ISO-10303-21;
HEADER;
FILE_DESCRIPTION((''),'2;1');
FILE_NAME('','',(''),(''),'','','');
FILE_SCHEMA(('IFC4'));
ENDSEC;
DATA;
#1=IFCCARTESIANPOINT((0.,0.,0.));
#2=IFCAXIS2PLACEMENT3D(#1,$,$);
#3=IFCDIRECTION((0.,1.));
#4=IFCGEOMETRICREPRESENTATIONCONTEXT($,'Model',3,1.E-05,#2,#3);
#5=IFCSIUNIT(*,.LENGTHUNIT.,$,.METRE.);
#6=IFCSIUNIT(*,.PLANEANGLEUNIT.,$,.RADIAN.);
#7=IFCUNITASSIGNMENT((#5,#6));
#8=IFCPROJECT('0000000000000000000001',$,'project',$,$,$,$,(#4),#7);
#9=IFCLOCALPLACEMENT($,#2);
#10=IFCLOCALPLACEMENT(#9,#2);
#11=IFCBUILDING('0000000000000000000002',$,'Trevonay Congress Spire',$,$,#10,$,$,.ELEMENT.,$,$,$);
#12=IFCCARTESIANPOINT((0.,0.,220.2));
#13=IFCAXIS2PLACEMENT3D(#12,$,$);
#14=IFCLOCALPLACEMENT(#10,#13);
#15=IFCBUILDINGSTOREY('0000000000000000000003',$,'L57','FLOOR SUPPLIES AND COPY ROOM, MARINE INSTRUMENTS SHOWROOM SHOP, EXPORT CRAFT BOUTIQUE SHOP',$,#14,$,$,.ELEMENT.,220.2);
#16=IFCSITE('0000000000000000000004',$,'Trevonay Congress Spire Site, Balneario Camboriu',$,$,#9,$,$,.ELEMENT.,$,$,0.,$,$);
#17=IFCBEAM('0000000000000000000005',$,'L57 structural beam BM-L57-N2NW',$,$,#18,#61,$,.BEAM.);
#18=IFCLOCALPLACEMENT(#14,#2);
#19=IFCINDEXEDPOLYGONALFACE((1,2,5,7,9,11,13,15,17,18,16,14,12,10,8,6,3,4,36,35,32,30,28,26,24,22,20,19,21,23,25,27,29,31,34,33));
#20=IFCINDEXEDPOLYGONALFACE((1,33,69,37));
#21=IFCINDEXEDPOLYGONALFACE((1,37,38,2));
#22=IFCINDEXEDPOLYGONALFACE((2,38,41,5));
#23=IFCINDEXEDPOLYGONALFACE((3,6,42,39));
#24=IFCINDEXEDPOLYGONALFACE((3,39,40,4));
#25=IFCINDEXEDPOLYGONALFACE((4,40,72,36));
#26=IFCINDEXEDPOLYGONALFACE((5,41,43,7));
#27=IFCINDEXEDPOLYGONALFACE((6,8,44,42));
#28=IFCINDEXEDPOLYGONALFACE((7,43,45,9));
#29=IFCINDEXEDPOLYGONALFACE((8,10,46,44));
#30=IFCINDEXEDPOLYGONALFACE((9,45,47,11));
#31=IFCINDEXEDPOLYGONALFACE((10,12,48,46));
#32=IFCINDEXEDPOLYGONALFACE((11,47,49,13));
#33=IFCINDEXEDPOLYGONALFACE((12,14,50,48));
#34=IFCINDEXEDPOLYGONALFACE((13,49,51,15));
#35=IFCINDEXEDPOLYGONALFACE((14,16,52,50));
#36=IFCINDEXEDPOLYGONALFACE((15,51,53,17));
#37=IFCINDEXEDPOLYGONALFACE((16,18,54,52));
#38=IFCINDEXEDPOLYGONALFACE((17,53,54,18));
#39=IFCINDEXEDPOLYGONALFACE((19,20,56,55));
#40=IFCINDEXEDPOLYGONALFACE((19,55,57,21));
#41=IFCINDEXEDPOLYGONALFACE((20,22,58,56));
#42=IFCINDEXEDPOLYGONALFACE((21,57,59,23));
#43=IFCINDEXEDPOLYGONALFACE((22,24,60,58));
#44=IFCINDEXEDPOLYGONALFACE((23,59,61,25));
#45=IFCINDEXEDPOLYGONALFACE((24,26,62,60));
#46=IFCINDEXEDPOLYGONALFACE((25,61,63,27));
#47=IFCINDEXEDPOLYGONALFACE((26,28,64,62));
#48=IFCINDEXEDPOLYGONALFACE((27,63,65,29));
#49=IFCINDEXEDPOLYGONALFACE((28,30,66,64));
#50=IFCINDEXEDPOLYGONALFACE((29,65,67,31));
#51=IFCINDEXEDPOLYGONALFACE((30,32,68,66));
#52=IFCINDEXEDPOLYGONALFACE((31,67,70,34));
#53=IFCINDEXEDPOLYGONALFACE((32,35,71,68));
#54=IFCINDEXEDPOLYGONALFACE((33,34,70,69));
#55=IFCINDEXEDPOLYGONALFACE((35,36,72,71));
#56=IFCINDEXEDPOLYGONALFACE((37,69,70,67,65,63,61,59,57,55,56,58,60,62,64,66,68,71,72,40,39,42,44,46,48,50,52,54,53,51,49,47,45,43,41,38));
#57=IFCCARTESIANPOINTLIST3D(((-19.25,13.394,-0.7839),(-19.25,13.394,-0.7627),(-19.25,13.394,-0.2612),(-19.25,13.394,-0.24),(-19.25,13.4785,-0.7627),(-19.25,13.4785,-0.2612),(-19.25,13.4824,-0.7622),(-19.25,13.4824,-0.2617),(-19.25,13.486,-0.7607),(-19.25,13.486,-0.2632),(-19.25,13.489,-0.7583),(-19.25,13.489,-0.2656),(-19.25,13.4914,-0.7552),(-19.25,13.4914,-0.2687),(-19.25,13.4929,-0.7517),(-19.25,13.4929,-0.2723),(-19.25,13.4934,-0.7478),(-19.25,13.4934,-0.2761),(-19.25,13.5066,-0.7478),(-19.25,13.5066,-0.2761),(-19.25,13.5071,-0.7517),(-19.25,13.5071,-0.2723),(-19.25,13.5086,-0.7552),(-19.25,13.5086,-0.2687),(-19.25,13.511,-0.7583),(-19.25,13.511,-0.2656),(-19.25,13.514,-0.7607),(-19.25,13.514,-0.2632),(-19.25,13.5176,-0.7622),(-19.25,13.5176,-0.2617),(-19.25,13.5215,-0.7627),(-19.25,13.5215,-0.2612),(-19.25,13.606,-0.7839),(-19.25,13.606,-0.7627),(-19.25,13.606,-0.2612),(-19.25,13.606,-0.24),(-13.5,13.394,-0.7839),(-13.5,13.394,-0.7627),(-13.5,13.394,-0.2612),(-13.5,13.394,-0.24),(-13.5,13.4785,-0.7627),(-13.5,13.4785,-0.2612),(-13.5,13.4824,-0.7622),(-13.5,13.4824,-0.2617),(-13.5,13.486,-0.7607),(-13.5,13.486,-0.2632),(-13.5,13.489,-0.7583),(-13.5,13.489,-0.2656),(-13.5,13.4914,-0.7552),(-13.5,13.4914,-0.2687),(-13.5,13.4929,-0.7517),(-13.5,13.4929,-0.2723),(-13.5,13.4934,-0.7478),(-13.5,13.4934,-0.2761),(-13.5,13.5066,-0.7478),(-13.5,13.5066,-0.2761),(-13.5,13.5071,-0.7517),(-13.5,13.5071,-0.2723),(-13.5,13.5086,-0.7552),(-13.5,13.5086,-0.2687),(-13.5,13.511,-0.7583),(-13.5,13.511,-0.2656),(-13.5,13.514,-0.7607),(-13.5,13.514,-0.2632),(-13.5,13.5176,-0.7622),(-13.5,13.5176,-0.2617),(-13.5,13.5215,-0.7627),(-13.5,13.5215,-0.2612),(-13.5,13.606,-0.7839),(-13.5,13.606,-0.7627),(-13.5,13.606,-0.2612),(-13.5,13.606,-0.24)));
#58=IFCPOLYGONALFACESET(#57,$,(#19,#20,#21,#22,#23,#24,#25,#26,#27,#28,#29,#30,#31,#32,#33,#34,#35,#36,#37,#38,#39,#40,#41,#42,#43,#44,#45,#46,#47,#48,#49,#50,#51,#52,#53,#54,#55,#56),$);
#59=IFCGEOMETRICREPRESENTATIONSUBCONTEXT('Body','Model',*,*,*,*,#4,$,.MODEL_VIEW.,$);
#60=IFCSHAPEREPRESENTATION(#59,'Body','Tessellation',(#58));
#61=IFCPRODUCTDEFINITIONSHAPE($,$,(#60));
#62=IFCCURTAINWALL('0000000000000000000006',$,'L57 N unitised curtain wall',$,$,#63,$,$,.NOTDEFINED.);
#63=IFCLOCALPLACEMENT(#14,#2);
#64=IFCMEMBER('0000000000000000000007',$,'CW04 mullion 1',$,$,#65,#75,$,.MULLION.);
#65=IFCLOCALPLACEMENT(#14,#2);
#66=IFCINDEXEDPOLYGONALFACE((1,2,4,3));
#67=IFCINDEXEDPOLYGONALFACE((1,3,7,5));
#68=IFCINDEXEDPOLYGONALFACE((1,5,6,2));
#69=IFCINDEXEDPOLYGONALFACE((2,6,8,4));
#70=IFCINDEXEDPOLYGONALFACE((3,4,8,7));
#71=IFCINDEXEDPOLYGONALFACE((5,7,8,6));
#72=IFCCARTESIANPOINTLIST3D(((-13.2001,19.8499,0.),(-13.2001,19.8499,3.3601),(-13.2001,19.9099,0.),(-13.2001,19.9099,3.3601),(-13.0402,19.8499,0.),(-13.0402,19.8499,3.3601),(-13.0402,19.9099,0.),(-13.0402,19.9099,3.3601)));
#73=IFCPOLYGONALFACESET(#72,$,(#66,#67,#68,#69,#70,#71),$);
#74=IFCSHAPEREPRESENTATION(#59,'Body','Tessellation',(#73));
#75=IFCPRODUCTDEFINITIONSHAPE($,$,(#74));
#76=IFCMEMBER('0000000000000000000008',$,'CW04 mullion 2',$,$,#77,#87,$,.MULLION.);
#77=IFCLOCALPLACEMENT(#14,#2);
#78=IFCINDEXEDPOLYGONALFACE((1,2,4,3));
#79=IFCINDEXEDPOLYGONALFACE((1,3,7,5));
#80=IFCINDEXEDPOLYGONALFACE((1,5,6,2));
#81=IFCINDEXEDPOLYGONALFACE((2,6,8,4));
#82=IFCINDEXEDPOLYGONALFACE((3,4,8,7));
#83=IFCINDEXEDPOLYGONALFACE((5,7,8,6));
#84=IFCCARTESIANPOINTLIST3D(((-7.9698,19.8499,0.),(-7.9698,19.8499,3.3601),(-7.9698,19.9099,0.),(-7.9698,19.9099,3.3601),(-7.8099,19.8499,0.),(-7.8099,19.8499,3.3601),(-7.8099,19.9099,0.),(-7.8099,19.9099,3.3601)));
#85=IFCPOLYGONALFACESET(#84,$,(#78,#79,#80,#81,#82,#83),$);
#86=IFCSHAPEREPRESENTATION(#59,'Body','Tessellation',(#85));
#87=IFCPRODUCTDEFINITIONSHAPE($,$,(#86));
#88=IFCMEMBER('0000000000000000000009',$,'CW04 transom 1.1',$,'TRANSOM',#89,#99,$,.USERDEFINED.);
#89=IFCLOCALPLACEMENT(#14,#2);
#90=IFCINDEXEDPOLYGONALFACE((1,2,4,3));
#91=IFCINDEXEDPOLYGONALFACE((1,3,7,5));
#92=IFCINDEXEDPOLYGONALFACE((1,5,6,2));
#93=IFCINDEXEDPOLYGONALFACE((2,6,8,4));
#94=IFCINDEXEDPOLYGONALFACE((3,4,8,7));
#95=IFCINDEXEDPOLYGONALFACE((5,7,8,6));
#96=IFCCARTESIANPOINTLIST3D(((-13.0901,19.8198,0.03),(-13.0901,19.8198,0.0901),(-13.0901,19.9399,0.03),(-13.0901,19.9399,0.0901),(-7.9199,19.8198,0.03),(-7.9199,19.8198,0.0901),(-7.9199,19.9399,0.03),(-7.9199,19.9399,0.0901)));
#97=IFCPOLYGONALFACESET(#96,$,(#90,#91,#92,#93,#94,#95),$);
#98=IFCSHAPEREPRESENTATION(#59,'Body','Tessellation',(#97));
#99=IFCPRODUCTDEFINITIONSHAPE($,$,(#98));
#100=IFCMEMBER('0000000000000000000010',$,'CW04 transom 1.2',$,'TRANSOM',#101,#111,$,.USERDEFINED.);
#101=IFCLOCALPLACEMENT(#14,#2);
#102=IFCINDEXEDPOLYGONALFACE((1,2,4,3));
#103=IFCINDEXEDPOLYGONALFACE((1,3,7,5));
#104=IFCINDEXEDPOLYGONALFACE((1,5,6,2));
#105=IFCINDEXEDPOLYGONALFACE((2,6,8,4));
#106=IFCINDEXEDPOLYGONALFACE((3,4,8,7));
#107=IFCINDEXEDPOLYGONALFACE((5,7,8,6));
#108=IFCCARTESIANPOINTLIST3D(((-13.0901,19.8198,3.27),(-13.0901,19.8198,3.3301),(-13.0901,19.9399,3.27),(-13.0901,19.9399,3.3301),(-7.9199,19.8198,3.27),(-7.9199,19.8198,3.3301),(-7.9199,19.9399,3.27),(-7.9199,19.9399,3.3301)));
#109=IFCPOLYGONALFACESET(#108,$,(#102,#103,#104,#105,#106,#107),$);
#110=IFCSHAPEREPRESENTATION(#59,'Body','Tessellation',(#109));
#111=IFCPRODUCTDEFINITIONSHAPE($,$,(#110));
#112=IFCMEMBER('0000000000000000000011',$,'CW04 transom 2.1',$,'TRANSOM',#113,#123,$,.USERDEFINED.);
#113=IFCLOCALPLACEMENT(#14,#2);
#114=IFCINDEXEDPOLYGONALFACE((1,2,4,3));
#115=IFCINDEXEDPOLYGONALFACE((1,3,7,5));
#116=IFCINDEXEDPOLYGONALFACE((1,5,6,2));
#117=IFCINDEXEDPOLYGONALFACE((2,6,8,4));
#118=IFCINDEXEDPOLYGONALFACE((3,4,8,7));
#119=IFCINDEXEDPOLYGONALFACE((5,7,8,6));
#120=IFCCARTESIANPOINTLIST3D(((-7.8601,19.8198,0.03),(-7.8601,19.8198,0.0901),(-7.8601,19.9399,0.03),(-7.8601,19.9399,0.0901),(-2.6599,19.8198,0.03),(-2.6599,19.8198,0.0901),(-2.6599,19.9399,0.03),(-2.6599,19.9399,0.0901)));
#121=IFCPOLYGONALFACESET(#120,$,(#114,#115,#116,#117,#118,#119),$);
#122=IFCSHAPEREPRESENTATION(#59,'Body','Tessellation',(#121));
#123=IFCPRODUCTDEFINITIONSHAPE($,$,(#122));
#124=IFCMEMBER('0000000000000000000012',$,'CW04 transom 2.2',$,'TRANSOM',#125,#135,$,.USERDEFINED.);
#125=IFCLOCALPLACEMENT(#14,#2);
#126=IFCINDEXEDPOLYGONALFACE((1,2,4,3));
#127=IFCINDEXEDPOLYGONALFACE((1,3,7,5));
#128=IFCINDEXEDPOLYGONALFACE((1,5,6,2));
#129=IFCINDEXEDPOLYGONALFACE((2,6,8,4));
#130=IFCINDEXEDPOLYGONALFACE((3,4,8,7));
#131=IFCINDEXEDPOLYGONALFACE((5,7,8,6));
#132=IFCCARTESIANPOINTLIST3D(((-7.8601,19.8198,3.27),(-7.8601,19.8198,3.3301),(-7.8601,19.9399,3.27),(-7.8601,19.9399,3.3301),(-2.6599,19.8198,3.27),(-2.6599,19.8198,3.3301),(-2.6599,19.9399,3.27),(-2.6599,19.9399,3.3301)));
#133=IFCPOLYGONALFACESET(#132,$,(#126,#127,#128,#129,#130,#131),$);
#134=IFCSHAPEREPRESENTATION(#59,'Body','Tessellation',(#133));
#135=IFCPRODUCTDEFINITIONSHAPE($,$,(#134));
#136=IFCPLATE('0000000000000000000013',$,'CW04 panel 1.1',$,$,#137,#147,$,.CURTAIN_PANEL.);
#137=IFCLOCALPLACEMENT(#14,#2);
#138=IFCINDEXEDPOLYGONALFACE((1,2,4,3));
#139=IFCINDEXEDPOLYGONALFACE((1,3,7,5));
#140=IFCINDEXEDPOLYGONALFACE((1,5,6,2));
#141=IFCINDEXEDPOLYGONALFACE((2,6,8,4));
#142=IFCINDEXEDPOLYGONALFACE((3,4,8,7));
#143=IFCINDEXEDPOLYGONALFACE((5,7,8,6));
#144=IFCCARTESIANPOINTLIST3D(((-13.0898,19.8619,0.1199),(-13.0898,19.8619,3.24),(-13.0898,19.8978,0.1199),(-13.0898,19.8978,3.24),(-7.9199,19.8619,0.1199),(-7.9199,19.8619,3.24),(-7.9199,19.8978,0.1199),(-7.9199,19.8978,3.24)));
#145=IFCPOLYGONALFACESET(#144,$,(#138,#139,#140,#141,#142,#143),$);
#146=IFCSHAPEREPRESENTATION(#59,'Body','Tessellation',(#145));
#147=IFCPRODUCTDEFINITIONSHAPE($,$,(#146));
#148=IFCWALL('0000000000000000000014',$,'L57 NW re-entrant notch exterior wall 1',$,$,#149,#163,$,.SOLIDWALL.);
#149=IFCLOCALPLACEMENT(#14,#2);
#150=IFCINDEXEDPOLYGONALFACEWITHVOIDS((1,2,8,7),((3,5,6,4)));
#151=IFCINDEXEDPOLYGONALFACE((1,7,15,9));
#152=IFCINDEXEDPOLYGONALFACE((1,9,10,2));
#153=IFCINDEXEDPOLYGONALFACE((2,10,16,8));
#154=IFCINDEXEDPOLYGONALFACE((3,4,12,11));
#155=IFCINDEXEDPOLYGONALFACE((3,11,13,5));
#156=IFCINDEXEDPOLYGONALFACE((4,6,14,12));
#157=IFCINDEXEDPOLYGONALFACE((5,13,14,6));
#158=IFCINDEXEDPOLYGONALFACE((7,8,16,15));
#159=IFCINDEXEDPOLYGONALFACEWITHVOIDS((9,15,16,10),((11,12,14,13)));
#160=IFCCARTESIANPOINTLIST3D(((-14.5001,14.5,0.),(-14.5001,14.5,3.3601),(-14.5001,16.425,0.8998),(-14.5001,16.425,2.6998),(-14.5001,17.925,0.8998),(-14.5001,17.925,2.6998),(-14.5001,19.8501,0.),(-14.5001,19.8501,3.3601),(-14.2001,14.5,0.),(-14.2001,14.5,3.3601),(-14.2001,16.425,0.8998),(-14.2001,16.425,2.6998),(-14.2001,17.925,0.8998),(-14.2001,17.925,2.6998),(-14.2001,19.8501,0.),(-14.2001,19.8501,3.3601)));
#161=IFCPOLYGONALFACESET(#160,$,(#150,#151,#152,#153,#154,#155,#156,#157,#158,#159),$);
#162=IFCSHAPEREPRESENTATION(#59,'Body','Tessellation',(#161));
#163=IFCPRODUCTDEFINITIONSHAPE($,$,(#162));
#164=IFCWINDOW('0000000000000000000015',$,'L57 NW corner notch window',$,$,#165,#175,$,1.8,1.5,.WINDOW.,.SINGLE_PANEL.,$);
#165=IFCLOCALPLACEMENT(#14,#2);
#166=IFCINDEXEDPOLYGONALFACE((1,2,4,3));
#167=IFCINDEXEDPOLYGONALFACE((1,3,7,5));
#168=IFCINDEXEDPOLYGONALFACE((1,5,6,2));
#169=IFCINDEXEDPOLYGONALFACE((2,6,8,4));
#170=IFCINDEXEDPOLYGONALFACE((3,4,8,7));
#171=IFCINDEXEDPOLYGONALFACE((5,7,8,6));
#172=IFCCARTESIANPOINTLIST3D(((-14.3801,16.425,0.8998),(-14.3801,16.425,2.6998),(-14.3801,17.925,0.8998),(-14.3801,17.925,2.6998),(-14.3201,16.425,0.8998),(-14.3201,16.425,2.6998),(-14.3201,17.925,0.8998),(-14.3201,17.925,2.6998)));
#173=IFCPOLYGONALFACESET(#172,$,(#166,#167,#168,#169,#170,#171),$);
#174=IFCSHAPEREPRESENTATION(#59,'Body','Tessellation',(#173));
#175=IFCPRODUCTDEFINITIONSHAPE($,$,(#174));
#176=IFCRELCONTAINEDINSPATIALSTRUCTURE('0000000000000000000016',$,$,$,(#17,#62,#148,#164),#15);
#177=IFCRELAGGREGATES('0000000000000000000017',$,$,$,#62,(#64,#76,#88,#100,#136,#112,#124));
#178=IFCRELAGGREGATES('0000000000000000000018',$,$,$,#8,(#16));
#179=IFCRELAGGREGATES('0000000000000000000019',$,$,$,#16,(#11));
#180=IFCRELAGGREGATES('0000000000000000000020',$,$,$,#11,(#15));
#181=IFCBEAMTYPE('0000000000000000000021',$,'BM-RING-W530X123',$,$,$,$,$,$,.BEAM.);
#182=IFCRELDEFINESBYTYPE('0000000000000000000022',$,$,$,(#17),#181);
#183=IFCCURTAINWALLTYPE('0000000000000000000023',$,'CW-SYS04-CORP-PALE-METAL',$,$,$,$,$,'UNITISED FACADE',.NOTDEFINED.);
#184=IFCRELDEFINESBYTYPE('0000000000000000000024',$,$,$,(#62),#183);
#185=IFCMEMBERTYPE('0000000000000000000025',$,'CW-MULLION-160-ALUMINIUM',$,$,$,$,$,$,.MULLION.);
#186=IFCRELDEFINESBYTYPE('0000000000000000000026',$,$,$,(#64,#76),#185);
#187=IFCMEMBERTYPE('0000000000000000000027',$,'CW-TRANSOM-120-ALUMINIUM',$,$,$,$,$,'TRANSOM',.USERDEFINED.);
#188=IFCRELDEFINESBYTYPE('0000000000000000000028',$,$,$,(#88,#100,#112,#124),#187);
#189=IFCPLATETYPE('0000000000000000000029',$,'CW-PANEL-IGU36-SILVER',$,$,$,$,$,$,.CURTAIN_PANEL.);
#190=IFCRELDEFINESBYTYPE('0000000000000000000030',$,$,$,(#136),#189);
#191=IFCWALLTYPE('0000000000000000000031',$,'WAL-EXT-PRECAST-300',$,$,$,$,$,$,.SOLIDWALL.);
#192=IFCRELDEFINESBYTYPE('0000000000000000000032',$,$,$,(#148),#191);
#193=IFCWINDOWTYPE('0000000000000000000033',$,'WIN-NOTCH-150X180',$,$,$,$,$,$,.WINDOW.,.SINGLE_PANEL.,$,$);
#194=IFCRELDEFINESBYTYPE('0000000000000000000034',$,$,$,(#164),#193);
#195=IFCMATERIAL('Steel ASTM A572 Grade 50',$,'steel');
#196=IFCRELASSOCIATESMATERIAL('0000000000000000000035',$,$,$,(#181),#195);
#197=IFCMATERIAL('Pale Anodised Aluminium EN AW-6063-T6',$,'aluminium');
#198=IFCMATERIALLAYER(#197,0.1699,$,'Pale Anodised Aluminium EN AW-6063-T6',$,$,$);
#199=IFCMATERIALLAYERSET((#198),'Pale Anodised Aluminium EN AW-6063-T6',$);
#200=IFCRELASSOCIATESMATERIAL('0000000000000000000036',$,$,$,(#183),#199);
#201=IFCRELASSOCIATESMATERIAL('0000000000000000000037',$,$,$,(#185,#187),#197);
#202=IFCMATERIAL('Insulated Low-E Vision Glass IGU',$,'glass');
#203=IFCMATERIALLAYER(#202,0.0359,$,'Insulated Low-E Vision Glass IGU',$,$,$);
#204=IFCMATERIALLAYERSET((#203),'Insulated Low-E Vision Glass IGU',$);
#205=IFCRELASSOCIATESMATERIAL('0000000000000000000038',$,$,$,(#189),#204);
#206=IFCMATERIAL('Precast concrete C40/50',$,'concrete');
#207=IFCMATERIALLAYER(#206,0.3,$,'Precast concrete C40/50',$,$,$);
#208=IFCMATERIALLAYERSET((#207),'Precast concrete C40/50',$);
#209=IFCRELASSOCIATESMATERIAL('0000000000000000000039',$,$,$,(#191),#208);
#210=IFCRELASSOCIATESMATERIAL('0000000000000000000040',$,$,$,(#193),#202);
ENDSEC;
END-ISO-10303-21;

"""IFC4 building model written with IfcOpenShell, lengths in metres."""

from ifc_helpers import new_model, si_unit, direction, frame, frame_2d, origin, origin_2d, place, context, subcontext, project, spatial, rectangle, i_section, extrude, material, layer, layer_set, material_profile, profile_set, type_object, element, fill, aggregate, save


model = new_model("IFC4")

# Units and contexts
model_context = context("Model", 3, precision=1e-05, world=origin(), true_north=direction((0.0, 1.0)))
body_context = subcontext(model_context, "Body", "Model", "MODEL_VIEW")
ifc_project = project(units=[si_unit("LENGTHUNIT", "METRE"), si_unit("PLANEANGLEUNIT", "RADIAN")], contexts=[model_context])

# Site, building, storey
site_placement = place(None, origin())
site = spatial("IfcSite", under=ifc_project, at=site_placement, Name="Trevonay Congress Spire Site, Balneario Camboriu", CompositionType="ELEMENT", RefElevation=0.0)
building_placement = place(site_placement, origin())
building = spatial("IfcBuilding", under=site, at=building_placement, Name="Trevonay Congress Spire", CompositionType="ELEMENT")
storey_placement = place(building_placement, frame((0.0, 0.0, 220.2)))
storey = spatial("IfcBuildingStorey", under=building, at=storey_placement, Name="L57", Description="FLOOR SUPPLIES AND COPY ROOM, MARINE INSTRUMENTS SHOWROOM SHOP, EXPORT CRAFT BOUTIQUE SHOP", CompositionType="ELEMENT", Elevation=220.2)

# Shared definitions
ifc_material_1 = material(Name="Steel ASTM A572 Grade 50", Category="steel")

# Beam
ifc_material_profile_1 = material_profile(ifc_material_1, i_section(OverallWidth=0.2119, OverallDepth=0.5439, WebThickness=0.0132, FlangeThickness=0.0212, FilletRadius=0.0149, at=origin_2d()), Name="W530x123")
ifc_profile_set_1 = profile_set([ifc_material_profile_1], Name="Steel ASTM A572 Grade 50")
beam_type = type_object("IfcBeamType", Name="BM-RING-W530X123", PredefinedType="BEAM", material=ifc_profile_set_1)
for number, where, z_axis, x_axis, name in (
    (1, (-19.25, 13.5, -0.512), (1.0, 0.0, 0.0), (0.0, 1.0, 0.0), "L57 structural beam BM-L57-N2NW"),
):
    element("IfcBeam", number, at=place(storey_placement, frame(where, z_axis=z_axis, x_axis=x_axis)), inside=storey, type_object=beam_type, Name=name, PredefinedType="BEAM", context=body_context, shape_type="SweptSolid", body=[
        extrude(i_section(OverallWidth=0.2119, OverallDepth=0.5439, WebThickness=0.0132, FlangeThickness=0.0212, FilletRadius=0.0149, at=origin_2d()), origin(), (0.0, 0.0, 1.0), 5.75),
    ])

# Curtain wall, members, plate
ifc_material_2 = material(Name="Pale Anodised Aluminium EN AW-6063-T6", Category="aluminium")
ifc_layer_1 = layer(ifc_material_2, 0.1699, Name="Pale Anodised Aluminium EN AW-6063-T6")
ifc_layer_set_1 = layer_set([ifc_layer_1], Name="Pale Anodised Aluminium EN AW-6063-T6")
curtain_wall_type = type_object("IfcCurtainWallType", Name="CW-SYS04-CORP-PALE-METAL", ElementType="UNITISED FACADE", PredefinedType="NOTDEFINED", material=ifc_layer_set_1)
curtain_wall_placement = place(storey_placement, origin())
curtain_wall = element("IfcCurtainWall", 2, at=curtain_wall_placement, inside=storey, type_object=curtain_wall_type, Name="L57 N unitised curtain wall", PredefinedType="NOTDEFINED")
ifc_material_profile_2 = material_profile(ifc_material_2, rectangle(XDim=0.0601, YDim=0.1599, at=origin_2d()), Name="CW-MULLION-160-ALUMINIUM")
ifc_profile_set_2 = profile_set([ifc_material_profile_2], Name="Pale Anodised Aluminium EN AW-6063-T6")
member_type_1 = type_object("IfcMemberType", Name="CW-MULLION-160-ALUMINIUM", PredefinedType="MULLION", material=ifc_profile_set_2)
member_1_placement = place(storey_placement, frame((-13.1201, 19.8799, 0.0), z_axis=(0.0, 0.0, 1.0), x_axis=(0.0, 1.0, 0.0)))
member_1 = element("IfcMember", 3, at=member_1_placement, type_object=member_type_1, Name="CW04 mullion 1", PredefinedType="MULLION", context=body_context, shape_type="SweptSolid", body=[
    extrude(rectangle(XDim=0.0601, YDim=0.1599, at=origin_2d()), origin(), (0.0, 0.0, 1.0), 3.3601),
])
member_2_placement = place(storey_placement, frame((-7.8899, 19.8799, 0.0), z_axis=(0.0, 0.0, 1.0), x_axis=(0.0, 1.0, 0.0)))
member_2 = element("IfcMember", 4, at=member_2_placement, type_object=member_type_1, Name="CW04 mullion 2", PredefinedType="MULLION", context=body_context, shape_type="SweptSolid", body=[
    extrude(rectangle(XDim=0.0601, YDim=0.1599, at=origin_2d()), origin(), (0.0, 0.0, 1.0), 3.3601),
])
ifc_material_profile_3 = material_profile(ifc_material_2, rectangle(XDim=0.1201, YDim=0.0601, at=origin_2d()), Name="CW-TRANSOM-120-ALUMINIUM")
ifc_profile_set_3 = profile_set([ifc_material_profile_3], Name="Pale Anodised Aluminium EN AW-6063-T6")
member_type_2 = type_object("IfcMemberType", Name="CW-TRANSOM-120-ALUMINIUM", ElementType="TRANSOM", PredefinedType="USERDEFINED", material=ifc_profile_set_3)
member_3_placement = place(storey_placement, frame((-13.0901, 19.8799, 0.0601), z_axis=(1.0, 0.0, 0.0), x_axis=(0.0, 1.0, 0.0)))
member_3 = element("IfcMember", 5, at=member_3_placement, type_object=member_type_2, Name="CW04 transom 1.1", ObjectType="TRANSOM", PredefinedType="USERDEFINED", context=body_context, shape_type="SweptSolid", body=[
    extrude(rectangle(XDim=0.1201, YDim=0.0601, at=origin_2d()), origin(), (0.0, 0.0, 1.0), 5.1702),
])
member_4_placement = place(storey_placement, frame((-13.0901, 19.8799, 3.3), z_axis=(1.0, 0.0, 0.0), x_axis=(0.0, 1.0, 0.0)))
member_4 = element("IfcMember", 6, at=member_4_placement, type_object=member_type_2, Name="CW04 transom 1.2", ObjectType="TRANSOM", PredefinedType="USERDEFINED", context=body_context, shape_type="SweptSolid", body=[
    extrude(rectangle(XDim=0.1201, YDim=0.0601, at=origin_2d()), origin(), (0.0, 0.0, 1.0), 5.1702),
])
member_5_placement = place(storey_placement, frame((-7.8601, 19.8799, 0.0601), z_axis=(1.0, 0.0, 0.0), x_axis=(0.0, 1.0, 0.0)))
member_5 = element("IfcMember", 7, at=member_5_placement, type_object=member_type_2, Name="CW04 transom 2.1", ObjectType="TRANSOM", PredefinedType="USERDEFINED", context=body_context, shape_type="SweptSolid", body=[
    extrude(rectangle(XDim=0.1201, YDim=0.0601, at=origin_2d()), origin(), (0.0, 0.0, 1.0), 5.2002),
])
member_6_placement = place(storey_placement, frame((-7.8601, 19.8799, 3.3), z_axis=(1.0, 0.0, 0.0), x_axis=(0.0, 1.0, 0.0)))
member_6 = element("IfcMember", 8, at=member_6_placement, type_object=member_type_2, Name="CW04 transom 2.2", ObjectType="TRANSOM", PredefinedType="USERDEFINED", context=body_context, shape_type="SweptSolid", body=[
    extrude(rectangle(XDim=0.1201, YDim=0.0601, at=origin_2d()), origin(), (0.0, 0.0, 1.0), 5.2002),
])
ifc_material_3 = material(Name="Insulated Low-E Vision Glass IGU", Category="glass")
ifc_layer_2 = layer(ifc_material_3, 0.0359, Name="Insulated Low-E Vision Glass IGU")
ifc_layer_set_2 = layer_set([ifc_layer_2], Name="Insulated Low-E Vision Glass IGU")
plate_type = type_object("IfcPlateType", Name="CW-PANEL-IGU36-SILVER", PredefinedType="CURTAIN_PANEL", material=ifc_layer_set_2)
plate_placement = place(storey_placement, frame((-10.5049, 19.8799, 0.1199), z_axis=(0.0, 0.0, 1.0), x_axis=(1.0, 0.0, 0.0)))
plate = element("IfcPlate", 9, at=plate_placement, type_object=plate_type, Name="CW04 panel 1.1", PredefinedType="CURTAIN_PANEL", context=body_context, shape_type="SweptSolid", body=[
    extrude(rectangle(XDim=5.1699, YDim=0.0359, at=origin_2d()), origin(), (0.0, 0.0, 1.0), 3.1201),
])
aggregate(curtain_wall, [member_1, member_2, member_3, member_4, plate, member_5, member_6])

# Wall, opening, window
ifc_material_4 = material(Name="Precast concrete C40/50", Category="concrete")
ifc_layer_3 = layer(ifc_material_4, 0.3, Name="Precast concrete C40/50")
ifc_layer_set_3 = layer_set([ifc_layer_3], Name="Precast concrete C40/50")
wall_type_1 = type_object("IfcWallType", Name="WAL-EXT-PRECAST-300", PredefinedType="SOLIDWALL", material=ifc_layer_set_3)
wall_1_placement = place(storey_placement, frame((-14.3501, 19.8501, 0.0), z_axis=(0.0, 0.0, 1.0), x_axis=(0.0, -1.0, 0.0)))
wall_1 = element("IfcWall", 10, at=wall_1_placement, inside=storey, type_object=wall_type_1, Name="L57 NW re-entrant notch exterior wall 1", PredefinedType="SOLIDWALL", context=body_context, shape_type="SweptSolid", body=[
    extrude(rectangle(XDim=5.3501, YDim=0.3, at=frame_2d((2.675, 0.0))), origin(), (0.0, 0.0, 1.0), 3.3601),
])
opening_placement = place(wall_1_placement, frame((1.925, 0.0, 0.8999)))
opening = element("IfcOpeningElement", 11, at=opening_placement, cuts=wall_1, PredefinedType="OPENING", context=body_context, shape_type="SweptSolid", body=[
    extrude(rectangle(XDim=1.5, YDim=1.8, at=frame_2d((0.75, 0.8999))), frame((0.0, 0.1602, 0.0), z_axis=(0.0, -1.0, 0.0), x_axis=(1.0, 0.0, 0.0)), (0.0, 0.0, 1.0), 0.3201),
])
window_type = type_object("IfcWindowType", Name="WIN-NOTCH-150X180", PartitioningType="SINGLE_PANEL", PredefinedType="WINDOW", material=ifc_material_3)
window_placement = place(opening_placement, origin())
window = element("IfcWindow", 12, at=window_placement, inside=storey, type_object=window_type, Name="L57 NW corner notch window", OverallHeight=1.8, OverallWidth=1.5, PartitioningType="SINGLE_PANEL", PredefinedType="WINDOW", context=body_context, shape_type="SweptSolid", body=[
    extrude(rectangle(XDim=1.5, YDim=1.8, at=frame_2d((0.75, 0.8999))), frame((0.0, 0.03, 0.0), z_axis=(0.0, -1.0, 0.0), x_axis=(1.0, 0.0, 0.0)), (0.0, 0.0, 1.0), 0.0601),
])
fill(opening, window)

save(model, "model.ifc")
